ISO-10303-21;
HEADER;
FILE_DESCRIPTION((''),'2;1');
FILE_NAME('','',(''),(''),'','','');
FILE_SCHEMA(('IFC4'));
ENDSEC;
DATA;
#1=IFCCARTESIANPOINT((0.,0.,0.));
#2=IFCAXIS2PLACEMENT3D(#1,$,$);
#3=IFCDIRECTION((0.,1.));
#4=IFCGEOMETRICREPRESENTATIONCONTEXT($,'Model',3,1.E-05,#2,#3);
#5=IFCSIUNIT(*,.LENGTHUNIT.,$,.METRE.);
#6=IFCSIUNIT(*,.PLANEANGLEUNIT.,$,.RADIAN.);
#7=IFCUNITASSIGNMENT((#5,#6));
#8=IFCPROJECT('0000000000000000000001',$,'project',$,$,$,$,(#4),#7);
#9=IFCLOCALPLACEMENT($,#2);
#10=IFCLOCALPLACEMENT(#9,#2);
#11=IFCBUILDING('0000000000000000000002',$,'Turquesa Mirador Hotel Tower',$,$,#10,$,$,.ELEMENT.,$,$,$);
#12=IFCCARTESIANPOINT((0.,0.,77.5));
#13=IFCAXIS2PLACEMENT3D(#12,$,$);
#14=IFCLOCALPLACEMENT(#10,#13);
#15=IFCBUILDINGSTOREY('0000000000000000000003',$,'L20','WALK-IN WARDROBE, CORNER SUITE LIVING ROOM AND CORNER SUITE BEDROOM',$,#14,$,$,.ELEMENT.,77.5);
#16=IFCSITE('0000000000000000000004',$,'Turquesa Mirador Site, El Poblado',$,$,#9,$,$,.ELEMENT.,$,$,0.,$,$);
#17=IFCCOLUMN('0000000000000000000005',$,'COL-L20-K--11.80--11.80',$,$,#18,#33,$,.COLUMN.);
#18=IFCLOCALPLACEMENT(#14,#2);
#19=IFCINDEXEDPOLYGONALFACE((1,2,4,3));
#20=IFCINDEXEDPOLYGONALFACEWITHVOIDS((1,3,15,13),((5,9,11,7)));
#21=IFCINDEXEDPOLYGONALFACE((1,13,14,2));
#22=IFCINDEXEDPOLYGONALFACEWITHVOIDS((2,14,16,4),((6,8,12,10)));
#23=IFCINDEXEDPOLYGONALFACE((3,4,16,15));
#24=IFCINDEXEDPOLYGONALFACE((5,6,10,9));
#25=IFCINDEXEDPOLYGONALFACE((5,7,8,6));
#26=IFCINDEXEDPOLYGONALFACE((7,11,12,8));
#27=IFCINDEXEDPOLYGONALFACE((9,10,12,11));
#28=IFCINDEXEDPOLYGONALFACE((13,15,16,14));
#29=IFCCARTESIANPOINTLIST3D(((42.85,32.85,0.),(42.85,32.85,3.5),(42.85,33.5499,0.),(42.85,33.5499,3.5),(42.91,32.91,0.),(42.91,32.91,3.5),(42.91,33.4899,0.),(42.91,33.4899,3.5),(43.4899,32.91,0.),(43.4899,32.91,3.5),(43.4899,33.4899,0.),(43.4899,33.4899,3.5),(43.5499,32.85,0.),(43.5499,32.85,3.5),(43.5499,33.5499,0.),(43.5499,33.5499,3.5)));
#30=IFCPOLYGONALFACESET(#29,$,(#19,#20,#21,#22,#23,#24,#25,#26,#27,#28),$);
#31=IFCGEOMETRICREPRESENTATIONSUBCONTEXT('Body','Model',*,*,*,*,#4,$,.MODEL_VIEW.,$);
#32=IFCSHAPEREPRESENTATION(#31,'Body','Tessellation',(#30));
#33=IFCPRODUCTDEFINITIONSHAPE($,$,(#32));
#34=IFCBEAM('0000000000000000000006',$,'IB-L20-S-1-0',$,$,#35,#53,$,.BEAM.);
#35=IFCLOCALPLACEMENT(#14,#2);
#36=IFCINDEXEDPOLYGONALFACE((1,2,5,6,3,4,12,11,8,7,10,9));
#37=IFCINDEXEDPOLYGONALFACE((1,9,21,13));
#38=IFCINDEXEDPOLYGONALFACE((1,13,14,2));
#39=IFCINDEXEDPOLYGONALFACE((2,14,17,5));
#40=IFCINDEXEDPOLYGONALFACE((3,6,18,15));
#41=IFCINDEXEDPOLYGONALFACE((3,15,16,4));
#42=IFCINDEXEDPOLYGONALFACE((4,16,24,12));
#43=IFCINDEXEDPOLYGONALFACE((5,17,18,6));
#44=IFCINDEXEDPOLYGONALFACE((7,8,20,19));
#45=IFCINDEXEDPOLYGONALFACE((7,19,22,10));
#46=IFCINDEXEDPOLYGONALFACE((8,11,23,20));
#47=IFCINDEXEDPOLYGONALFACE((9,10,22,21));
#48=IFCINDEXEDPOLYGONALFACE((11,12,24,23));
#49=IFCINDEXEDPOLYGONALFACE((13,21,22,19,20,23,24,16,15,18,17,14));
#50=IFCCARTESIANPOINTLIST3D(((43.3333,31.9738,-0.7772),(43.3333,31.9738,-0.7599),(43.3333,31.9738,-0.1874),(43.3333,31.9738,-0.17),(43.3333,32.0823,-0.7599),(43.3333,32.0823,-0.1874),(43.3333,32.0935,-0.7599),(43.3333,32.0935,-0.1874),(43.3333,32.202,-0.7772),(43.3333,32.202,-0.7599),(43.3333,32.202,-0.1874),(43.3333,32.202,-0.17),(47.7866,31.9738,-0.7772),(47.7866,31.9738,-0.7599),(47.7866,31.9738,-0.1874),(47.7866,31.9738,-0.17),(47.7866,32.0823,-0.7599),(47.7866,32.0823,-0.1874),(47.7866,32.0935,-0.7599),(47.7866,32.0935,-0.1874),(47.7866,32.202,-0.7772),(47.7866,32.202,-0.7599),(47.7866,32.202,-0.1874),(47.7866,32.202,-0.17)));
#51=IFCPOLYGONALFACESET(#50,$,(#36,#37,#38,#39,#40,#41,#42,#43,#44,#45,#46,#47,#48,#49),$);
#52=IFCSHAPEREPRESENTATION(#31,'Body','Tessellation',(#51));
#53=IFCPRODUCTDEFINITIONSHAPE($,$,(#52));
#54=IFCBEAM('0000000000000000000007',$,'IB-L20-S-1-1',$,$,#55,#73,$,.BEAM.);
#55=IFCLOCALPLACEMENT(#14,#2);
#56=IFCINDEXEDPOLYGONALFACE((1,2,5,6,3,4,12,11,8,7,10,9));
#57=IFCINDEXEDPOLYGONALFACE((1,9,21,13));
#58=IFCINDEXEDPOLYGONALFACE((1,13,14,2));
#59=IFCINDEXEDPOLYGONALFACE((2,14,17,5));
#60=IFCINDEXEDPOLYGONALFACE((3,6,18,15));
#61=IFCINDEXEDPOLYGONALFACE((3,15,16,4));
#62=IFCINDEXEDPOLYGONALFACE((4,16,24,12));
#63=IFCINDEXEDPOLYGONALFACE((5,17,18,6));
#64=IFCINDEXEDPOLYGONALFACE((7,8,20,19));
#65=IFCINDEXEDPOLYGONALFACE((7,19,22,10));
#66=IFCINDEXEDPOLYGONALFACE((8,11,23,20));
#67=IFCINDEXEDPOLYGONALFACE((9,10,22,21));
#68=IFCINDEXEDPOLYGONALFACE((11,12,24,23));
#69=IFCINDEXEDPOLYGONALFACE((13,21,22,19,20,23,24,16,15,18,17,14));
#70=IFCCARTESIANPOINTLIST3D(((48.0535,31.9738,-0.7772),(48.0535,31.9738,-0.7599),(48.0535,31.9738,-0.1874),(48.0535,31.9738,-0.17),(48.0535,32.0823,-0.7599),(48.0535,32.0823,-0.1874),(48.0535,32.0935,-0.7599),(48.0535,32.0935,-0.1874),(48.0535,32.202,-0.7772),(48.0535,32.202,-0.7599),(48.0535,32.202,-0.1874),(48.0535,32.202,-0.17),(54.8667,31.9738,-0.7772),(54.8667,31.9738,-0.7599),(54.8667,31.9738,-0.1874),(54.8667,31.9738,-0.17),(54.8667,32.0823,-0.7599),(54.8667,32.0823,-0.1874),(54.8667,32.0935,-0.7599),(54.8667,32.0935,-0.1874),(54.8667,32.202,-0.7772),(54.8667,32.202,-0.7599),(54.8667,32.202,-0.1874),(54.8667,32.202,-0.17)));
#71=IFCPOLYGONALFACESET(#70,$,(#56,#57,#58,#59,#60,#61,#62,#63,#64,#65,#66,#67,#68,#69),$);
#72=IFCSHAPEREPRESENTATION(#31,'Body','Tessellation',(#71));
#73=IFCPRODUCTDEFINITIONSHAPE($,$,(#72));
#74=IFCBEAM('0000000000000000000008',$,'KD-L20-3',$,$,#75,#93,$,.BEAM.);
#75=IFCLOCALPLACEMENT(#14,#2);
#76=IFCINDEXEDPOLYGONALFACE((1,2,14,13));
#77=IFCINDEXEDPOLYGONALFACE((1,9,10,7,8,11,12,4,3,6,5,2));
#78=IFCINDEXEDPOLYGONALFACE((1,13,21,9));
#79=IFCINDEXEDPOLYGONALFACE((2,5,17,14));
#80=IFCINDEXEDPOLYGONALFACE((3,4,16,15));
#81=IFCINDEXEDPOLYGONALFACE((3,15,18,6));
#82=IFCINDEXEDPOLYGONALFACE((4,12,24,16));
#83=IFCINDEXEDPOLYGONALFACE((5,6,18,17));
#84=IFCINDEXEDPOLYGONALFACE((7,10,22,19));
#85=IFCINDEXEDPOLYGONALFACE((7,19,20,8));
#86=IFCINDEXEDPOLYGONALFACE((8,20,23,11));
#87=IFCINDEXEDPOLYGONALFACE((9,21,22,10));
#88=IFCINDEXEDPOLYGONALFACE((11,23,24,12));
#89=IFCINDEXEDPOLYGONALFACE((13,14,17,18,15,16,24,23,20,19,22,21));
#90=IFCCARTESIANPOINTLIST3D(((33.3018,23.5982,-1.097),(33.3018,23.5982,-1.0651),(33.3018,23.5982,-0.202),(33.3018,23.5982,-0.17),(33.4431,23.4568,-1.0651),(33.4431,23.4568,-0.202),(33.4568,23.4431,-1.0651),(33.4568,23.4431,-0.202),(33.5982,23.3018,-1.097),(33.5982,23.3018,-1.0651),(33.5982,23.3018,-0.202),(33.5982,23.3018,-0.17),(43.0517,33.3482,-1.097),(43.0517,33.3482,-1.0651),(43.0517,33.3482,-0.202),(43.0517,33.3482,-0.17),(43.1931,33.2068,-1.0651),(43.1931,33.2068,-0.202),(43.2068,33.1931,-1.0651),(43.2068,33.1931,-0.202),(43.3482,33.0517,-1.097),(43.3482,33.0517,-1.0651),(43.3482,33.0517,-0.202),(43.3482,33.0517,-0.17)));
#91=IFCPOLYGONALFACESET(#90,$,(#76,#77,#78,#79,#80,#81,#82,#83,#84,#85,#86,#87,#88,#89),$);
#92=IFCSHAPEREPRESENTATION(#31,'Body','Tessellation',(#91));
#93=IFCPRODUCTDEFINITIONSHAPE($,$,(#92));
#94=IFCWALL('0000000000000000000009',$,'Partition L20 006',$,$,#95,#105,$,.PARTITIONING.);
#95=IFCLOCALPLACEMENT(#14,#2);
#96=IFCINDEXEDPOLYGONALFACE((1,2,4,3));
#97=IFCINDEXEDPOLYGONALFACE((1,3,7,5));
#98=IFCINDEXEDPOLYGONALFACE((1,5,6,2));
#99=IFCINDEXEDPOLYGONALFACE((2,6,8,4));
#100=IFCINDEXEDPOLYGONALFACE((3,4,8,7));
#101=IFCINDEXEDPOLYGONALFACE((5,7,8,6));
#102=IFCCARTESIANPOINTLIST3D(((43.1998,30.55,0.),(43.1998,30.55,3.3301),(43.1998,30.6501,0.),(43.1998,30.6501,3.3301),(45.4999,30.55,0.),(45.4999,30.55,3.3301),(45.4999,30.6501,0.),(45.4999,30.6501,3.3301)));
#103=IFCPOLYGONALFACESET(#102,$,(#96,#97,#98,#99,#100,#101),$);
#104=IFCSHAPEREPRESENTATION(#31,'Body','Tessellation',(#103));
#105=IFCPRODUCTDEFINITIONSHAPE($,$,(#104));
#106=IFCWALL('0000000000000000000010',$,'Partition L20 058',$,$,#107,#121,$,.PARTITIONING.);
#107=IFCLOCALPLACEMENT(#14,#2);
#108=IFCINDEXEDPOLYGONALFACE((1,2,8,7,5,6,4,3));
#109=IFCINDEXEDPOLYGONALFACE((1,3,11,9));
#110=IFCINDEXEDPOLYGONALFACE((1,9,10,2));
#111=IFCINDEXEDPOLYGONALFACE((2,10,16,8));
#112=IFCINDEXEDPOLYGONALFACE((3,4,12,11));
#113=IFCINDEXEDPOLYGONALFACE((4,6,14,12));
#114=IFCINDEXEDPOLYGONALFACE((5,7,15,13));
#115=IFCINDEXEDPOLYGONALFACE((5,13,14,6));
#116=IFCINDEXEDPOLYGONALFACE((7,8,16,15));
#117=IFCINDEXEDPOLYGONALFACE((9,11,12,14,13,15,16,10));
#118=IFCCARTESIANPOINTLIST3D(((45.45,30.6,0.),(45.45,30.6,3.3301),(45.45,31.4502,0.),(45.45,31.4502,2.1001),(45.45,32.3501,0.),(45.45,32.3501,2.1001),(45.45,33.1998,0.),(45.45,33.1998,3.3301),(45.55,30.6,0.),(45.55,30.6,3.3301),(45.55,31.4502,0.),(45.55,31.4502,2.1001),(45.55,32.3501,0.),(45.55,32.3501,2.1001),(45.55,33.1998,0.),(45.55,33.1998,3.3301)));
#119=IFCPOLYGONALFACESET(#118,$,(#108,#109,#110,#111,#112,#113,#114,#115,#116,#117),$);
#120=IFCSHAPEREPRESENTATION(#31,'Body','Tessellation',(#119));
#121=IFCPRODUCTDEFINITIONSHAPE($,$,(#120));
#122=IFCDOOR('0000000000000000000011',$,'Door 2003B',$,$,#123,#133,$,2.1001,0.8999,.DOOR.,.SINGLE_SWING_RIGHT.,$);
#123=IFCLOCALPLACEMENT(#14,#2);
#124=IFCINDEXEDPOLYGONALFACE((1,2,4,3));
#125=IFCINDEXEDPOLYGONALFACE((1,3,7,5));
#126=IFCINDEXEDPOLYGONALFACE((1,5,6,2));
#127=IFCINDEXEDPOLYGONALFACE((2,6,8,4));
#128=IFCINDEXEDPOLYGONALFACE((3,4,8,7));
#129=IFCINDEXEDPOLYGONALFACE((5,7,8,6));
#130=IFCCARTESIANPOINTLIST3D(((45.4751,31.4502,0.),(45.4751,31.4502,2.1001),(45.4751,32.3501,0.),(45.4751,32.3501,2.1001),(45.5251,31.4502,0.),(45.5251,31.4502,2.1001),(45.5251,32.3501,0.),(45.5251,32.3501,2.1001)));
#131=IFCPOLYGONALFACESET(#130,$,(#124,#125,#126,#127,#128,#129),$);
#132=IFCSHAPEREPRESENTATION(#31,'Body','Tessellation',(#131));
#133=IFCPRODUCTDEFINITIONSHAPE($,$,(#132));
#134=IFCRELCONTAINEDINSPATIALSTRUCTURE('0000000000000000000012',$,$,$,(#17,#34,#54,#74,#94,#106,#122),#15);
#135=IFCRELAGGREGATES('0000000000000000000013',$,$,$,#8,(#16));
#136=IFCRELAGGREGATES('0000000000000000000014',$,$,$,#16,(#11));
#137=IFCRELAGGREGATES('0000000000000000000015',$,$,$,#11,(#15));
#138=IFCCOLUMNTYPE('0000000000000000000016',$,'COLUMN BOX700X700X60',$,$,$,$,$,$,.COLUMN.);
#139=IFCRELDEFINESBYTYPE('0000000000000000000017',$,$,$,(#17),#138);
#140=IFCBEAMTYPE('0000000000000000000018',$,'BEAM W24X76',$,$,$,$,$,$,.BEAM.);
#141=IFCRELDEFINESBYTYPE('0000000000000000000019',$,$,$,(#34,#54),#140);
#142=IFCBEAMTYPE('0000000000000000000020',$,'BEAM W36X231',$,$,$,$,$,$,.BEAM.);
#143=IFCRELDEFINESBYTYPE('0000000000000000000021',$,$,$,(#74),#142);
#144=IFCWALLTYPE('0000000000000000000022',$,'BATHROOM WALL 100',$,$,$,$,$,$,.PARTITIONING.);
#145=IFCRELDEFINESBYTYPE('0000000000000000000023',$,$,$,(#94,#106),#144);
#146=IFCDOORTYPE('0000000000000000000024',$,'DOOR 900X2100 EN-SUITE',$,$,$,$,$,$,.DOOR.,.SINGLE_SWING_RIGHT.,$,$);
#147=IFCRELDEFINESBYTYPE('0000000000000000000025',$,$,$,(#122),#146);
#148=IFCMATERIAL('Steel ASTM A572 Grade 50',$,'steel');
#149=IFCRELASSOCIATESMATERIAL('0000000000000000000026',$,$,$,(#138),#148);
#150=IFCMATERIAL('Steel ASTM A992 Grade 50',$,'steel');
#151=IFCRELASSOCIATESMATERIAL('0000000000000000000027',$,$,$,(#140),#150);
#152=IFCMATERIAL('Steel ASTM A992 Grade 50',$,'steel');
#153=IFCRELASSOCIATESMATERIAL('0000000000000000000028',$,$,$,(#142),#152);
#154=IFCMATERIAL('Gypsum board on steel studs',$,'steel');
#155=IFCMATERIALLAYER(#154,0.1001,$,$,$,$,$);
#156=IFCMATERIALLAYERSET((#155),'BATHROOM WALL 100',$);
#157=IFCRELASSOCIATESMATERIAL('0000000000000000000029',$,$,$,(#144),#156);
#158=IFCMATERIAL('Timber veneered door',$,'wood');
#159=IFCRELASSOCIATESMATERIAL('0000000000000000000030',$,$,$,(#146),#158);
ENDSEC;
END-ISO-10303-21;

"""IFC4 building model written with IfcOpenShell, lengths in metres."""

from ifc_helpers import new_model, si_unit, direction, frame, frame_2d, origin, origin_2d, place, context, subcontext, project, spatial, rectangle, hollow_rectangle, i_section, extrude, material, layer, layer_set, material_profile, profile_set, type_object, element, fill, save


model = new_model("IFC4")

# Units and contexts
model_context = context("Model", 3, precision=1e-05, world=origin(), true_north=direction((0.0, 1.0)))
body_context = subcontext(model_context, "Body", "Model", "MODEL_VIEW")
ifc_project = project(units=[si_unit("LENGTHUNIT", "METRE"), si_unit("PLANEANGLEUNIT", "RADIAN")], contexts=[model_context])

# Site, building, storey
site_placement = place(None, origin())
site = spatial("IfcSite", under=ifc_project, at=site_placement, Name="Turquesa Mirador Site, El Poblado", CompositionType="ELEMENT", RefElevation=0.0)
building_placement = place(site_placement, origin())
building = spatial("IfcBuilding", under=site, at=building_placement, Name="Turquesa Mirador Hotel Tower", CompositionType="ELEMENT")
storey_placement = place(building_placement, frame((0.0, 0.0, 77.5)))
storey = spatial("IfcBuildingStorey", under=building, at=storey_placement, Name="L20", Description="WALK-IN WARDROBE, CORNER SUITE LIVING ROOM AND CORNER SUITE BEDROOM", CompositionType="ELEMENT", Elevation=77.5)

# Column
ifc_material_1 = material(Name="Steel ASTM A572 Grade 50", Category="steel")
ifc_material_profile_1 = material_profile(ifc_material_1, hollow_rectangle(XDim=0.7, YDim=0.7, WallThickness=0.0601, at=origin_2d()), Name="BOX700X700X60")
ifc_profile_set_1 = profile_set([ifc_material_profile_1], Name="Steel ASTM A572 Grade 50")
column_type = type_object("IfcColumnType", Name="COLUMN BOX700X700X60", PredefinedType="COLUMN", material=ifc_profile_set_1)
column_placement = place(storey_placement, frame((43.2, 33.2, 0.0), z_axis=(0.0, 0.0, 1.0), x_axis=(1.0, 0.0, 0.0)))
element("IfcColumn", 1, at=column_placement, inside=storey, type_object=column_type, Name="COL-L20-K--11.80--11.80", PredefinedType="COLUMN", context=body_context, shape_type="SweptSolid", body=[
    extrude(hollow_rectangle(XDim=0.7, YDim=0.7, WallThickness=0.0601, at=origin_2d()), origin(), (0.0, 0.0, 1.0), 3.5),
])

# Beams
ifc_material_2 = material(Name="Steel ASTM A992 Grade 50", Category="steel")
ifc_material_profile_2 = material_profile(ifc_material_2, i_section(OverallWidth=0.2283, OverallDepth=0.6072, WebThickness=0.0112, FlangeThickness=0.0173, at=origin_2d()), Name="W24X76")
ifc_profile_set_2 = profile_set([ifc_material_profile_2], Name="Steel ASTM A992 Grade 50")
beam_type_1 = type_object("IfcBeamType", Name="BEAM W24X76", PredefinedType="BEAM", material=ifc_profile_set_2)
beam_1_placement = place(storey_placement, frame((43.3333, 32.0879, -0.4736), z_axis=(1.0, 0.0, 0.0), x_axis=(0.0, 1.0, 0.0)))
element("IfcBeam", 2, at=beam_1_placement, inside=storey, type_object=beam_type_1, Name="IB-L20-S-1-0", PredefinedType="BEAM", context=body_context, shape_type="SweptSolid", body=[
    extrude(i_section(OverallWidth=0.2283, OverallDepth=0.6072, WebThickness=0.0112, FlangeThickness=0.0173, at=origin_2d()), origin(), (0.0, 0.0, 1.0), 4.4534),
])
beam_2_placement = place(storey_placement, frame((48.0535, 32.0879, -0.4736), z_axis=(1.0, 0.0, 0.0), x_axis=(0.0, 1.0, 0.0)))
element("IfcBeam", 3, at=beam_2_placement, inside=storey, type_object=beam_type_1, Name="IB-L20-S-1-1", PredefinedType="BEAM", context=body_context, shape_type="SweptSolid", body=[
    extrude(i_section(OverallWidth=0.2283, OverallDepth=0.6072, WebThickness=0.0112, FlangeThickness=0.0173, at=origin_2d()), origin(), (0.0, 0.0, 1.0), 6.8132),
])
ifc_material_3 = material(Name="Steel ASTM A992 Grade 50", Category="steel")
ifc_material_profile_3 = material_profile(ifc_material_3, i_section(OverallWidth=0.4192, OverallDepth=0.927, WebThickness=0.0193, FlangeThickness=0.032, at=origin_2d()), Name="W36X231")
ifc_profile_set_3 = profile_set([ifc_material_profile_3], Name="Steel ASTM A992 Grade 50")
beam_type_2 = type_object("IfcBeamType", Name="BEAM W36X231", PredefinedType="BEAM", material=ifc_profile_set_3)
beam_3_placement = place(storey_placement, frame((43.2, 33.2, -0.6335), z_axis=(-0.707107, -0.707107, 0.0), x_axis=(0.707107, -0.707107, 0.0)))
element("IfcBeam", 4, at=beam_3_placement, inside=storey, type_object=beam_type_2, Name="KD-L20-3", PredefinedType="BEAM", context=body_context, shape_type="SweptSolid", body=[
    extrude(i_section(OverallWidth=0.4192, OverallDepth=0.927, WebThickness=0.0193, FlangeThickness=0.032, at=origin_2d()), origin(), (0.0, 0.0, 1.0), 13.7886),
])

# Wall
ifc_material_4 = material(Name="Gypsum board on steel studs", Category="steel")
ifc_layer_1 = layer(ifc_material_4, 0.1001)
ifc_layer_set_1 = layer_set([ifc_layer_1], Name="BATHROOM WALL 100")
wall_type_1 = type_object("IfcWallType", Name="BATHROOM WALL 100", PredefinedType="PARTITIONING", material=ifc_layer_set_1)
wall_1_placement = place(storey_placement, frame((43.2, 30.6001, 0.0), z_axis=(0.0, 0.0, 1.0), x_axis=(1.0, 0.0, 0.0)))
element("IfcWall", 5, at=wall_1_placement, inside=storey, type_object=wall_type_1, Name="Partition L20 006", PredefinedType="PARTITIONING", context=body_context, shape_type="SweptSolid", body=[
    extrude(rectangle(XDim=2.3, YDim=0.1001, at=frame_2d((1.1499, 0.0))), origin(), (0.0, 0.0, 1.0), 3.3301),
])

# Wall, opening, door
wall_2_placement = place(storey_placement, frame((45.5, 30.6001, 0.0), z_axis=(0.0, 0.0, 1.0), x_axis=(0.0, 1.0, 0.0)))
wall_2 = element("IfcWall", 6, at=wall_2_placement, inside=storey, type_object=wall_type_1, Name="Partition L20 058", PredefinedType="PARTITIONING", context=body_context, shape_type="SweptSolid", body=[
    extrude(rectangle(XDim=2.5999, YDim=0.1001, at=frame_2d((1.2998, 0.0))), origin(), (0.0, 0.0, 1.0), 3.3301),
])
opening_1_placement = place(wall_2_placement, frame((0.8501, 0.0, 0.0)))
opening_1 = element("IfcOpeningElement", 7, at=opening_1_placement, cuts=wall_2, PredefinedType="OPENING", context=body_context, shape_type="SweptSolid", body=[
    extrude(rectangle(XDim=0.8999, YDim=2.1001, at=frame_2d((0.45, 1.05))), frame((0.0, 0.0601, 0.0), z_axis=(0.0, -1.0, 0.0), x_axis=(1.0, 0.0, 0.0)), (0.0, 0.0, 1.0), 0.1201),
])
ifc_material_5 = material(Name="Timber veneered door", Category="wood")
door_type_1 = type_object("IfcDoorType", Name="DOOR 900X2100 EN-SUITE", OperationType="SINGLE_SWING_RIGHT", PredefinedType="DOOR", material=ifc_material_5)
door_1_placement = place(opening_1_placement, origin())
door_1 = element("IfcDoor", 8, at=door_1_placement, inside=storey, type_object=door_type_1, Name="Door 2003B", OperationType="SINGLE_SWING_RIGHT", OverallHeight=2.1001, OverallWidth=0.8999, PredefinedType="DOOR", context=body_context, shape_type="SweptSolid", body=[
    extrude(rectangle(XDim=0.8999, YDim=2.1001, at=frame_2d((0.45, 1.05))), frame((0.0, 0.0249, 0.0), z_axis=(0.0, -1.0, 0.0), x_axis=(1.0, 0.0, 0.0)), (0.0, 0.0, 1.0), 0.05),
])
fill(opening_1, door_1)

save(model, "model.ifc")
